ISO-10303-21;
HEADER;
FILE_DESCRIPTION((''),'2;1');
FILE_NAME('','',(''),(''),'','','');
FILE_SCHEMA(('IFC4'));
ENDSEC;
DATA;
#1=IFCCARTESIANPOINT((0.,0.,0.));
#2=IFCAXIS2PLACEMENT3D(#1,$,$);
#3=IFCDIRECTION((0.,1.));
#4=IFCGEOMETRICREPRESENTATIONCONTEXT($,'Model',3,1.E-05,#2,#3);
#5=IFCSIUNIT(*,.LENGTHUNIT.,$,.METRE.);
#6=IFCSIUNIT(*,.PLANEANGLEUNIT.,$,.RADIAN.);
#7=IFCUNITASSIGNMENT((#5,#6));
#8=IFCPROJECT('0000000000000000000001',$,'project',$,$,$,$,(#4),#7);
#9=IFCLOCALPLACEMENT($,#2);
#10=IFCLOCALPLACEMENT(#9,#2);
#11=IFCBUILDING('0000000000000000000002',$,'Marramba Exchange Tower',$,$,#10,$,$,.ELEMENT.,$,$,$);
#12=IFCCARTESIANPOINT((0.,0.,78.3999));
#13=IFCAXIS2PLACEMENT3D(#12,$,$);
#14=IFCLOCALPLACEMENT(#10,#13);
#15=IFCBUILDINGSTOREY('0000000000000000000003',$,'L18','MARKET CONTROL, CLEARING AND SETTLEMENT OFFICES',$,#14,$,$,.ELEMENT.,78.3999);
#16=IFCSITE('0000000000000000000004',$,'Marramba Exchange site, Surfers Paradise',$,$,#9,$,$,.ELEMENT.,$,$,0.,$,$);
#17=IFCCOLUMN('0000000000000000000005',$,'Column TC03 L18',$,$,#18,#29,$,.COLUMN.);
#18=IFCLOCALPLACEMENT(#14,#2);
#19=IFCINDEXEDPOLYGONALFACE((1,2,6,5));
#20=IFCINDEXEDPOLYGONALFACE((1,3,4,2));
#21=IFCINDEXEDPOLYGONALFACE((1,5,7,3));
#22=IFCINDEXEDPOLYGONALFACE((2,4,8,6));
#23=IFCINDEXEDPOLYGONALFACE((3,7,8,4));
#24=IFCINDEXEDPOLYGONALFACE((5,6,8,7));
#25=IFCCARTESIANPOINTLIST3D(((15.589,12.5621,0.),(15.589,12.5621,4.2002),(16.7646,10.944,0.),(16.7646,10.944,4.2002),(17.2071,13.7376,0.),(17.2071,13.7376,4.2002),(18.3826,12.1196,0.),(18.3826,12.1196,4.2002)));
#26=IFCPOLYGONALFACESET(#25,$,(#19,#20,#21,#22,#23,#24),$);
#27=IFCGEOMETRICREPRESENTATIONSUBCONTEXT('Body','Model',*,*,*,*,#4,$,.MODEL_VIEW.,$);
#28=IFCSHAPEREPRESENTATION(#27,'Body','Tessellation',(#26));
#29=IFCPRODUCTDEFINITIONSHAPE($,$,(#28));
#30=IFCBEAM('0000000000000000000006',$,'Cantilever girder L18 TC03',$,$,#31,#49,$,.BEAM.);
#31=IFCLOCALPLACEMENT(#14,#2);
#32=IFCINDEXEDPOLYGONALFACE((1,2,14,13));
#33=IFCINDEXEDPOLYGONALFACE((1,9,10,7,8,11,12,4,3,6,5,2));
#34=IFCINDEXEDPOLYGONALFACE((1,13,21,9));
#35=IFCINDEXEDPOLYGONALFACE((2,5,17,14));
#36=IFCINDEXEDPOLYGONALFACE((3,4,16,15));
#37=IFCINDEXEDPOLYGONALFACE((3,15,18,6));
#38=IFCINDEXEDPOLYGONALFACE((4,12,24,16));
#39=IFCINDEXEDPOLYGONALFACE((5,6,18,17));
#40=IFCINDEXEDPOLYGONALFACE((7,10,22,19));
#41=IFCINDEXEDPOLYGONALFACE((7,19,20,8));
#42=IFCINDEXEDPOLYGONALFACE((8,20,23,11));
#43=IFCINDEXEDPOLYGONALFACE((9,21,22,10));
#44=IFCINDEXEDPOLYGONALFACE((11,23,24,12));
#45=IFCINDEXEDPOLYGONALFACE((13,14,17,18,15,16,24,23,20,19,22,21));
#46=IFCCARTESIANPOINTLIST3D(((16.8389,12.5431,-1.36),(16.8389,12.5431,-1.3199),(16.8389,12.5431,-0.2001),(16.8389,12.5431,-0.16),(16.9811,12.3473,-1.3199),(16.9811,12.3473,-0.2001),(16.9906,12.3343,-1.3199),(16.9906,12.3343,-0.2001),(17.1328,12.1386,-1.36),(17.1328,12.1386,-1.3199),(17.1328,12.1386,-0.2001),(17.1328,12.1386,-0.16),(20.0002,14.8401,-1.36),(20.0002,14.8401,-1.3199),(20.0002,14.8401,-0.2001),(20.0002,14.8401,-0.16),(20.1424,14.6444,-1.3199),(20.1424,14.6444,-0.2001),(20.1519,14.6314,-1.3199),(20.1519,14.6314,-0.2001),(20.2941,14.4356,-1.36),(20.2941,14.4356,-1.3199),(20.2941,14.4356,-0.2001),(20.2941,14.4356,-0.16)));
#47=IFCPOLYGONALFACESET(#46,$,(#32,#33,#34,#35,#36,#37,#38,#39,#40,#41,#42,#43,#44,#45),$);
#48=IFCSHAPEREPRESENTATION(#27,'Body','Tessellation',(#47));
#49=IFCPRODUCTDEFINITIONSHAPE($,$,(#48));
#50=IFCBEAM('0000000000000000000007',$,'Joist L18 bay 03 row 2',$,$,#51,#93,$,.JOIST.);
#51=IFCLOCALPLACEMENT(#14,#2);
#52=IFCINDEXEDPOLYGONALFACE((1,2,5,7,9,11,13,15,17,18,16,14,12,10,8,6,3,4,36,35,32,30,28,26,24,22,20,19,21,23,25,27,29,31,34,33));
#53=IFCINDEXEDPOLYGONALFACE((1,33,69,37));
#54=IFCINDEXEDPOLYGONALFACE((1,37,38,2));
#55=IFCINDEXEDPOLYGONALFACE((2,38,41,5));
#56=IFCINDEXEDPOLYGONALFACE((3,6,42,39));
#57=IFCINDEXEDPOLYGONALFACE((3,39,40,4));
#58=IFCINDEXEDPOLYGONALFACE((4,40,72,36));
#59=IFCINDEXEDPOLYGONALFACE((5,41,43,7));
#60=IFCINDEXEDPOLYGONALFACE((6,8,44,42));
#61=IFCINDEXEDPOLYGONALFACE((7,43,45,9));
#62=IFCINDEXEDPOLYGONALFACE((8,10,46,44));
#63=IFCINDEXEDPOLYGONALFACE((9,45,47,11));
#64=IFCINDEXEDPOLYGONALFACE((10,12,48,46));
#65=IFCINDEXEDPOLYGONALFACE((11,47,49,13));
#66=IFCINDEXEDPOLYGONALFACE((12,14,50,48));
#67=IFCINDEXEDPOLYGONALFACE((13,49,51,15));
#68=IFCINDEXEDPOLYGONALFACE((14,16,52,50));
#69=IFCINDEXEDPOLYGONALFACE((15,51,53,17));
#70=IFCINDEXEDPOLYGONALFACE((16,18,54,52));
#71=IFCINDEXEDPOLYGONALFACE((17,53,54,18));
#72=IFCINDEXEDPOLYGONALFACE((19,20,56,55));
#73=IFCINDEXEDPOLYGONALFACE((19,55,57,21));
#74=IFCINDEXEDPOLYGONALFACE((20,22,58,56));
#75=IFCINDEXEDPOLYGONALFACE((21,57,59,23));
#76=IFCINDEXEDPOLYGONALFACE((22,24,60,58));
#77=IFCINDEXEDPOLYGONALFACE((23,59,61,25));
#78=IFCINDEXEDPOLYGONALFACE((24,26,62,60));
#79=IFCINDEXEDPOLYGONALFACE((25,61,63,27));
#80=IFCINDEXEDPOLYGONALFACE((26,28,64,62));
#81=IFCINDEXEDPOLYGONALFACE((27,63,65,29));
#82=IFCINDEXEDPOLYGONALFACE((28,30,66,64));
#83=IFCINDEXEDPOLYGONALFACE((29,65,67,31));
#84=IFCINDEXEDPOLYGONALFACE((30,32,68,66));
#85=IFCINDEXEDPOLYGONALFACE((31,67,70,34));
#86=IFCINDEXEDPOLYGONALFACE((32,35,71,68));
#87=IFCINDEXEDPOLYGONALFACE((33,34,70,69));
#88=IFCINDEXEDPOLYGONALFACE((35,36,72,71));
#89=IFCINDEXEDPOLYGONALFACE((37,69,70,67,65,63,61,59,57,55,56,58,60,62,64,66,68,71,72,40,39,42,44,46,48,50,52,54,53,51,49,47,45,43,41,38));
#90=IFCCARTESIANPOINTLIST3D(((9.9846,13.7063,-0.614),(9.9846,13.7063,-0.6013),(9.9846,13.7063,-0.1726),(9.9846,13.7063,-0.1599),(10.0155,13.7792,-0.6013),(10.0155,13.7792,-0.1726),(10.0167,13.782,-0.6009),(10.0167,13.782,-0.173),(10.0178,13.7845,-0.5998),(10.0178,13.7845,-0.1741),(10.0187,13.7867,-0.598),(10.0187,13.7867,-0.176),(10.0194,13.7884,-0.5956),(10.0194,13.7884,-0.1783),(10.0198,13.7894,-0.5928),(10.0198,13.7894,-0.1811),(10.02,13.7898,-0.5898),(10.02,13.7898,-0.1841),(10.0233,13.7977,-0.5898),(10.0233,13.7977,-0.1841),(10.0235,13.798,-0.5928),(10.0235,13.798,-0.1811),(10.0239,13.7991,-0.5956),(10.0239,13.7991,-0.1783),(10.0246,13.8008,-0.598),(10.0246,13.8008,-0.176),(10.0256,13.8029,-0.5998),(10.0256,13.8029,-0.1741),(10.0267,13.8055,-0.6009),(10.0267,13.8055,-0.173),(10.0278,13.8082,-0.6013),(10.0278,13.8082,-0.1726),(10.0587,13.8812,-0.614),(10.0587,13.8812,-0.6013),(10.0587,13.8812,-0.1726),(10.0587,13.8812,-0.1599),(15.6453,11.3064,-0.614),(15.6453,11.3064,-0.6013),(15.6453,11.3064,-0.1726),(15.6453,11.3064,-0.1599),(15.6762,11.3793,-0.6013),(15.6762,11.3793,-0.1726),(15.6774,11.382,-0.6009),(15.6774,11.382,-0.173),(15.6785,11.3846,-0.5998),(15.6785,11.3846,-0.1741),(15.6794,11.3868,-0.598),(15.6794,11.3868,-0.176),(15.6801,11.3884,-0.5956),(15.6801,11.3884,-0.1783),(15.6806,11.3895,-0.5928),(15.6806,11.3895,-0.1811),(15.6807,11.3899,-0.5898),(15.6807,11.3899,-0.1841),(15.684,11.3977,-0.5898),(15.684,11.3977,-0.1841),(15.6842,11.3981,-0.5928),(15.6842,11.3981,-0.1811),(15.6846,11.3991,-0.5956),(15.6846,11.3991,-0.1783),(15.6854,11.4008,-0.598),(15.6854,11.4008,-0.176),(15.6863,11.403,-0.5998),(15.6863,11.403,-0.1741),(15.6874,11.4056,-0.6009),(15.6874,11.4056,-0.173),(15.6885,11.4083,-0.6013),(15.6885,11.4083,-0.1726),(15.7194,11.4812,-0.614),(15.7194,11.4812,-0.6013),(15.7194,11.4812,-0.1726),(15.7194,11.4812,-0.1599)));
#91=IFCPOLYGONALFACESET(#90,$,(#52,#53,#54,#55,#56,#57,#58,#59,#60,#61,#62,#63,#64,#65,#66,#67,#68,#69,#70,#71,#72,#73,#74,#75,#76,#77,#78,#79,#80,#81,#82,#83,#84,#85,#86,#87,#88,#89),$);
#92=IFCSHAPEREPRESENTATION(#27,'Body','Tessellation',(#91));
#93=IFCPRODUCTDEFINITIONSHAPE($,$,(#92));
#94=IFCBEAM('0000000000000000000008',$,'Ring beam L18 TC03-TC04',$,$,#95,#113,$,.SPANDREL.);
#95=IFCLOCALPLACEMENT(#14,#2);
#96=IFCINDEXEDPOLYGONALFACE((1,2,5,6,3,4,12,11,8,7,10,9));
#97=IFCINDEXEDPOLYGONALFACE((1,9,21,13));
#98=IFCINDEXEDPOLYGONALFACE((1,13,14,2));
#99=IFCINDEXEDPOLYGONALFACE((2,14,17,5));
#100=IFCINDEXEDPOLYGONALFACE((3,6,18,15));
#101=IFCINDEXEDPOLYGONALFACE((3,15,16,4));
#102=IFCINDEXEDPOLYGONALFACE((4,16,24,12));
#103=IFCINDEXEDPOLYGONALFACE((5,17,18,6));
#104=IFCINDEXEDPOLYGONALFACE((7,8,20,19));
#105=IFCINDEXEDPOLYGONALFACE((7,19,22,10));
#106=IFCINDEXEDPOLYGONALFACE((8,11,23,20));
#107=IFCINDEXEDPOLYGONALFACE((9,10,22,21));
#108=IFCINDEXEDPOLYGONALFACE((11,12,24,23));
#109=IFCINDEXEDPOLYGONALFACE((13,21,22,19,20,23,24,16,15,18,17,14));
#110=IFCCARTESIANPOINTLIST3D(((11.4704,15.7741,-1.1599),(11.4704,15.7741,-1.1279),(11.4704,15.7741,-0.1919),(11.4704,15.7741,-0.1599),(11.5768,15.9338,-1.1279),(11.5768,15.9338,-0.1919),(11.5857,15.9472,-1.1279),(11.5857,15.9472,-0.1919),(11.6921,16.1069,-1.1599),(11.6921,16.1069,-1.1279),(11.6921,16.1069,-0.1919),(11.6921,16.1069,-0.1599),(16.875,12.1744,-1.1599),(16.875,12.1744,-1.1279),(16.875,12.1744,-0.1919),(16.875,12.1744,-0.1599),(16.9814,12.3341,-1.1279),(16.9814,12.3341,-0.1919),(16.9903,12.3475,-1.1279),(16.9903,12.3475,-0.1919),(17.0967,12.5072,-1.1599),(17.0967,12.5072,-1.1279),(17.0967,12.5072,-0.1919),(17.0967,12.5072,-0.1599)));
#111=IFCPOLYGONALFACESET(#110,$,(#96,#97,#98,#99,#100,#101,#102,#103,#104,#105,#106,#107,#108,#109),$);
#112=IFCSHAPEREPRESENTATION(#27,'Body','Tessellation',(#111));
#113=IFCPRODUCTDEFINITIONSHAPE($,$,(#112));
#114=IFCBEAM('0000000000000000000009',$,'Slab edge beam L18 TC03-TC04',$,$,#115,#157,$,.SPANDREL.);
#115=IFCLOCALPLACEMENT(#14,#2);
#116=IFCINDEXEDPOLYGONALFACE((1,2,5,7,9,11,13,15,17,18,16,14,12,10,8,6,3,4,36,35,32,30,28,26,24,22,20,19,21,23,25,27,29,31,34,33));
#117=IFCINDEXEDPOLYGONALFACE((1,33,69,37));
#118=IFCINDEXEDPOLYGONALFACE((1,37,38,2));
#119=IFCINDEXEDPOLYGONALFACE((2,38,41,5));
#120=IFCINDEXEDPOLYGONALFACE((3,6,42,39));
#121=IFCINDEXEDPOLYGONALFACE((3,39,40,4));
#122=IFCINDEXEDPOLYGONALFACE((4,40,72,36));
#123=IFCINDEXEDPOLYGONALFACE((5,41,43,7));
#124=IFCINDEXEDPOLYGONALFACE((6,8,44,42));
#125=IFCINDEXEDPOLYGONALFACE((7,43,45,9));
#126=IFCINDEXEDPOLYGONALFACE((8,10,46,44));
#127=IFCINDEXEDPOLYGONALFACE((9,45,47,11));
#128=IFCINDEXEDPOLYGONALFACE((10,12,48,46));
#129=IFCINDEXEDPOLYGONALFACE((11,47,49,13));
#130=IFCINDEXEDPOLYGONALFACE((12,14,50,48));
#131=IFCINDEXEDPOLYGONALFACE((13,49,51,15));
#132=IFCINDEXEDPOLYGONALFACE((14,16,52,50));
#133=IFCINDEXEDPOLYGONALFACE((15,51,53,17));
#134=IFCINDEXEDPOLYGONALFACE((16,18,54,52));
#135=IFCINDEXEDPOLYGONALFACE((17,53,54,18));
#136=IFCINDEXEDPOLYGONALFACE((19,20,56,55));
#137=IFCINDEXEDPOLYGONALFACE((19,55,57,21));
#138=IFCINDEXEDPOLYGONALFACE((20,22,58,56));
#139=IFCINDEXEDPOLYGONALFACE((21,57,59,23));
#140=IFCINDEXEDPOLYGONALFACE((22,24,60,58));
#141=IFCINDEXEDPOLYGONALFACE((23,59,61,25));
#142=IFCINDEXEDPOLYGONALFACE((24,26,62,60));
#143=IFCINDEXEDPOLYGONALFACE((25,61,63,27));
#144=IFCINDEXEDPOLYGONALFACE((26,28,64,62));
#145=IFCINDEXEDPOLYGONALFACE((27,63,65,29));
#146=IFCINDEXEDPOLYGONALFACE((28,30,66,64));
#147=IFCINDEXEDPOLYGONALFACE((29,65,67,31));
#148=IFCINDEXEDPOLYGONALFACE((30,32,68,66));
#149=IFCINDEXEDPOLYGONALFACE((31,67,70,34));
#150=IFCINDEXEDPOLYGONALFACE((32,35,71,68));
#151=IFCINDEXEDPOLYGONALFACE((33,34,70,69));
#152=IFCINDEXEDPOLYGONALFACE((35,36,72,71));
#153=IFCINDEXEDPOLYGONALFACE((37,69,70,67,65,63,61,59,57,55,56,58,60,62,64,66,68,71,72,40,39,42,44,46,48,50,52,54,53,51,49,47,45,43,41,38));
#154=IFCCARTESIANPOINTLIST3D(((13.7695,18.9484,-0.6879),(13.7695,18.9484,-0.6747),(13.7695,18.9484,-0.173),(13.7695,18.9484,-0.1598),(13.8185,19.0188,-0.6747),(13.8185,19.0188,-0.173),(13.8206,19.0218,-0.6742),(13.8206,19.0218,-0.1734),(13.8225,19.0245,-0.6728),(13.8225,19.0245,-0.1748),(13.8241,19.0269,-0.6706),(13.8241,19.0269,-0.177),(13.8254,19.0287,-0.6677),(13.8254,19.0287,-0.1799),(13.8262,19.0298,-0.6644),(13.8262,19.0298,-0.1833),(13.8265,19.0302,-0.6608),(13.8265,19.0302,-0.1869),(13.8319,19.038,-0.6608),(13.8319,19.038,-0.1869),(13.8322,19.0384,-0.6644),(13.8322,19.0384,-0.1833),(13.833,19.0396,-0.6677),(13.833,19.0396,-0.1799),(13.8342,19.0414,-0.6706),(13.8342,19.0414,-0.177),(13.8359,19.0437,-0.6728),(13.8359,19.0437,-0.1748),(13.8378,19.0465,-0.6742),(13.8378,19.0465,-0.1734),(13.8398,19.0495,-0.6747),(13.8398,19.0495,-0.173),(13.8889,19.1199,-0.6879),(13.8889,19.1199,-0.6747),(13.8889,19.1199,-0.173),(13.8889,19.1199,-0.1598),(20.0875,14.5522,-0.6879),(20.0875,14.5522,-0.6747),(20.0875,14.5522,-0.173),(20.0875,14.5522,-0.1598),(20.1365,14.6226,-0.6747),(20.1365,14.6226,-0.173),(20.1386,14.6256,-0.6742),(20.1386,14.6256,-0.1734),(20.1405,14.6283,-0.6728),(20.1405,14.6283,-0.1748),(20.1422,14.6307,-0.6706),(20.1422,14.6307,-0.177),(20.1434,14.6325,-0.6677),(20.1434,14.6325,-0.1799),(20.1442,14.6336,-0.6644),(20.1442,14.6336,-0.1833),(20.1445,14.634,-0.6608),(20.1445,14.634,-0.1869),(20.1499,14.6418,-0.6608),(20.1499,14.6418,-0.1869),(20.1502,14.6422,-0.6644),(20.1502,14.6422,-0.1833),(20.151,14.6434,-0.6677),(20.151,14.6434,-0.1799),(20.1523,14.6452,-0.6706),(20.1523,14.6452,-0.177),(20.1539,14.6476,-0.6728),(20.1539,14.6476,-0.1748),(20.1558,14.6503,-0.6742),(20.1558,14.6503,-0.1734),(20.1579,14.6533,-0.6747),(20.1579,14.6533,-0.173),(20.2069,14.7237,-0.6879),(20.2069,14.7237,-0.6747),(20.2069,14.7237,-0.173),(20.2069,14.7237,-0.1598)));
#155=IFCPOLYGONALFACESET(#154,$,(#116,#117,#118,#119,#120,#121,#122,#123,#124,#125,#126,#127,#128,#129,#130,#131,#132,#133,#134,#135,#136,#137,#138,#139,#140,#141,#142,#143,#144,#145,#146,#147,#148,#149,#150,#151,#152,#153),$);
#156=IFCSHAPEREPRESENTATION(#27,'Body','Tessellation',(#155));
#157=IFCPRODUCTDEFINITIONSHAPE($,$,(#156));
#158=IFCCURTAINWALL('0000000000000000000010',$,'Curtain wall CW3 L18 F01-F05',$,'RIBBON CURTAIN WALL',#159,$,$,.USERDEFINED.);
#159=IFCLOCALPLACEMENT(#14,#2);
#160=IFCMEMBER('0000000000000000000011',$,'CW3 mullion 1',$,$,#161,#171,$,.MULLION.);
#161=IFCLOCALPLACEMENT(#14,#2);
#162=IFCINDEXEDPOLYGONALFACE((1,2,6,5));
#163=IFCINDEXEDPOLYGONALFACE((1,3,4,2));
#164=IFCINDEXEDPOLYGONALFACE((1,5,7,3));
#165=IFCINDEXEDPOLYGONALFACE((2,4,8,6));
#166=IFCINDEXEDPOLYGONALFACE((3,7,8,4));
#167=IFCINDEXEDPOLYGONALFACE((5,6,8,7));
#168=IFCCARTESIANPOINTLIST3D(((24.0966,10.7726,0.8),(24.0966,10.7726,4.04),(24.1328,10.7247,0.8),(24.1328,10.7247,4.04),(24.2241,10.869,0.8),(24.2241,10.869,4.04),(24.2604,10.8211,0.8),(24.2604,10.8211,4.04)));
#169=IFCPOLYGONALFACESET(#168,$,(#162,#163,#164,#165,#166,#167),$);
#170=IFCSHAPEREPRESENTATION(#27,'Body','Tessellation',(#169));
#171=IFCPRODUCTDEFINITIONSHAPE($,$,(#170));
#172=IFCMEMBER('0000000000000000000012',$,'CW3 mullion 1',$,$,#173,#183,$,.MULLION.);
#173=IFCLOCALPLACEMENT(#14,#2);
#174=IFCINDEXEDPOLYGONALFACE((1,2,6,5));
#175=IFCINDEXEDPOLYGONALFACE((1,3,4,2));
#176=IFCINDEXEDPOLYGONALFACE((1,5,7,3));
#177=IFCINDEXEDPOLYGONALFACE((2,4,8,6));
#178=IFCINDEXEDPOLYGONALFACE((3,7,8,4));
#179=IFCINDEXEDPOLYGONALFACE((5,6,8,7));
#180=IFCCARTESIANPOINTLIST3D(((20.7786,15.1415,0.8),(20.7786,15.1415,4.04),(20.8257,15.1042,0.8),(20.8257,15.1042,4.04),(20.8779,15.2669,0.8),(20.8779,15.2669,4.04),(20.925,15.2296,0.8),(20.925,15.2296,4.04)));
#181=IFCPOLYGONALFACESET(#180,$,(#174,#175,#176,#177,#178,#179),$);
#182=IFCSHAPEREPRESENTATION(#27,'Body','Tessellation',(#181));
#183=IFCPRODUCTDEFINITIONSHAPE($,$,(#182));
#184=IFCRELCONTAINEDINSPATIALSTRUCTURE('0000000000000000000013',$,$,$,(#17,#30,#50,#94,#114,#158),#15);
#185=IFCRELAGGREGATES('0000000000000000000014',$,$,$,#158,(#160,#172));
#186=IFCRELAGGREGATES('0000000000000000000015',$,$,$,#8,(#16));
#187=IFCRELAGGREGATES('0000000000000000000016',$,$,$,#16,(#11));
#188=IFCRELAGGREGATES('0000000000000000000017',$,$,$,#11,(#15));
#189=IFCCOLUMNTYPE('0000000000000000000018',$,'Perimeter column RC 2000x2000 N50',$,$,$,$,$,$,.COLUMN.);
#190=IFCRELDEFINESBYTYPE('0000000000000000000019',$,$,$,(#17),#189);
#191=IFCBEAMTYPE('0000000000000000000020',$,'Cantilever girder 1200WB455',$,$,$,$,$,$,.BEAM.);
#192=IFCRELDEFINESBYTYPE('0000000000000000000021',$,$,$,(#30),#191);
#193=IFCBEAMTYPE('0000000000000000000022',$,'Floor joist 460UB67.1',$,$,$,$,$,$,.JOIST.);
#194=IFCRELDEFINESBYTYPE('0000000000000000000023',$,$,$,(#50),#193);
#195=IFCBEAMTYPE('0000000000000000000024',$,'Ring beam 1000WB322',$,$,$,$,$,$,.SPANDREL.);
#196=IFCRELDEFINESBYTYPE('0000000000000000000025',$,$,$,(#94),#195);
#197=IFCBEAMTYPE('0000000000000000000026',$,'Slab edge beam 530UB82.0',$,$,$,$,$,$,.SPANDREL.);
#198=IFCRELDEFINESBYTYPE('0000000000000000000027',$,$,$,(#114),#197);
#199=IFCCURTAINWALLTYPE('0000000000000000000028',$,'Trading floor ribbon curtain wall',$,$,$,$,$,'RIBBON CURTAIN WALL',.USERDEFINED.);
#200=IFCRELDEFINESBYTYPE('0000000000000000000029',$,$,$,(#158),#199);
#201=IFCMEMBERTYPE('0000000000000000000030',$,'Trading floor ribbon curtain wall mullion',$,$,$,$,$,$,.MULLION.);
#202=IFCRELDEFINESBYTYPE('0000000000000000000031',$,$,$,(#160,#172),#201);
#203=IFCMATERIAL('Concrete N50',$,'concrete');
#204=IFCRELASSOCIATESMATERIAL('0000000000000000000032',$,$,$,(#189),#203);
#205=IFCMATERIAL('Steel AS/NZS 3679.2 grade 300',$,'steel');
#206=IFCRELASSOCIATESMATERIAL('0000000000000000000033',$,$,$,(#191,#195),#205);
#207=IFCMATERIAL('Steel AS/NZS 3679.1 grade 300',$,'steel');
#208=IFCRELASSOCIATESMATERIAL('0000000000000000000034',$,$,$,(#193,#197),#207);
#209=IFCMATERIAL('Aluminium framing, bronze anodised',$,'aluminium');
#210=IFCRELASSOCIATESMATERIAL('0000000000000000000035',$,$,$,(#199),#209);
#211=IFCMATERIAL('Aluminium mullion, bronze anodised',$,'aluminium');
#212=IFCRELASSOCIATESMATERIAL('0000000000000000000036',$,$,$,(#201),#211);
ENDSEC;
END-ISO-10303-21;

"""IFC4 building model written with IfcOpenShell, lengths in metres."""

from ifc_helpers import new_model, si_unit, direction, frame, origin, origin_2d, place, context, subcontext, project, spatial, rectangle, i_section, extrude, material, material_profile, profile_set, type_object, element, aggregate, save


model = new_model("IFC4")

# Units and contexts
model_context = context("Model", 3, precision=1e-05, world=origin(), true_north=direction((0.0, 1.0)))
body_context = subcontext(model_context, "Body", "Model", "MODEL_VIEW")
ifc_project = project(units=[si_unit("LENGTHUNIT", "METRE"), si_unit("PLANEANGLEUNIT", "RADIAN")], contexts=[model_context])

# Site, building, storey
site_placement = place(None, origin())
site = spatial("IfcSite", under=ifc_project, at=site_placement, Name="Marramba Exchange site, Surfers Paradise", CompositionType="ELEMENT", RefElevation=0.0)
building_placement = place(site_placement, origin())
building = spatial("IfcBuilding", under=site, at=building_placement, Name="Marramba Exchange Tower", CompositionType="ELEMENT")
storey_placement = place(building_placement, frame((0.0, 0.0, 78.3999)))
storey = spatial("IfcBuildingStorey", under=building, at=storey_placement, Name="L18", Description="MARKET CONTROL, CLEARING AND SETTLEMENT OFFICES", CompositionType="ELEMENT", Elevation=78.3999)

# Column
ifc_material_1 = material(Name="Concrete N50", Category="concrete")
ifc_material_profile_1 = material_profile(ifc_material_1, rectangle(XDim=2.0, YDim=2.0, at=origin_2d()), Name="RC 2000x2000")
ifc_profile_set_1 = profile_set([ifc_material_profile_1], Name="Concrete N50")
column_type = type_object("IfcColumnType", Name="Perimeter column RC 2000x2000 N50", PredefinedType="COLUMN", material=ifc_profile_set_1)
column_placement = place(storey_placement, frame((16.9858, 12.3408, 0.0), z_axis=(0.0, 0.0, 1.0), x_axis=(0.809017, 0.587785, 0.0)))
element("IfcColumn", 1, at=column_placement, inside=storey, type_object=column_type, Name="Column TC03 L18", PredefinedType="COLUMN", context=body_context, shape_type="SweptSolid", body=[
    extrude(rectangle(XDim=2.0, YDim=2.0, at=origin_2d()), origin(), (0.0, 0.0, 1.0), 4.2002),
])

# Beams
ifc_material_2 = material(Name="Steel AS/NZS 3679.2 grade 300", Category="steel")
ifc_material_profile_2 = material_profile(ifc_material_2, i_section(OverallWidth=0.5, OverallDepth=1.2, WebThickness=0.0161, FlangeThickness=0.04, at=origin_2d()), Name="1200WB455")
ifc_profile_set_2 = profile_set([ifc_material_profile_2], Name="Steel AS/NZS 3679.2 grade 300")
beam_type_1 = type_object("IfcBeamType", Name="Cantilever girder 1200WB455", PredefinedType="BEAM", material=ifc_profile_set_2)
beam_1_placement = place(storey_placement, frame((16.9858, 12.3408, -0.76), z_axis=(0.808987, 0.587826, 0.0), x_axis=(-0.587826, 0.808987, 0.0)))
element("IfcBeam", 2, at=beam_1_placement, inside=storey, type_object=beam_type_1, Name="Cantilever girder L18 TC03", PredefinedType="BEAM", context=body_context, shape_type="SweptSolid", body=[
    extrude(i_section(OverallWidth=0.5, OverallDepth=1.2, WebThickness=0.0161, FlangeThickness=0.04, at=origin_2d()), origin(), (0.0, 0.0, 1.0), 3.9077),
])
ifc_material_3 = material(Name="Steel AS/NZS 3679.1 grade 300", Category="steel")
ifc_material_profile_3 = material_profile(ifc_material_3, i_section(OverallWidth=0.1899, OverallDepth=0.4541, WebThickness=0.0085, FlangeThickness=0.0127, FilletRadius=0.0115, at=origin_2d()), Name="460UB67.1")
ifc_profile_set_3 = profile_set([ifc_material_profile_3], Name="Steel AS/NZS 3679.1 grade 300")
beam_type_2 = type_object("IfcBeamType", Name="Floor joist 460UB67.1", PredefinedType="JOIST", material=ifc_profile_set_3)
beam_2_placement = place(storey_placement, frame((15.6824, 11.3938, -0.387), z_axis=(-0.920674, 0.390332, 0.0), x_axis=(-0.390332, -0.920674, 0.0)))
element("IfcBeam", 3, at=beam_2_placement, inside=storey, type_object=beam_type_2, Name="Joist L18 bay 03 row 2", PredefinedType="JOIST", context=body_context, shape_type="SweptSolid", body=[
    extrude(i_section(OverallWidth=0.1899, OverallDepth=0.4541, WebThickness=0.0085, FlangeThickness=0.0127, FilletRadius=0.0115, at=origin_2d()), origin(), (0.0, 0.0, 1.0), 6.1484),
])
ifc_material_profile_4 = material_profile(ifc_material_2, i_section(OverallWidth=0.3999, OverallDepth=1.0, WebThickness=0.0161, FlangeThickness=0.032, at=origin_2d()), Name="1000WB322")
ifc_profile_set_4 = profile_set([ifc_material_profile_4], Name="Steel AS/NZS 3679.2 grade 300")
beam_type_3 = type_object("IfcBeamType", Name="Ring beam 1000WB322", PredefinedType="SPANDREL", material=ifc_profile_set_4)
beam_3_placement = place(storey_placement, frame((16.9858, 12.3408, -0.6599), z_axis=(-0.832293, 0.554336, 0.0), x_axis=(-0.554336, -0.832293, 0.0)))
element("IfcBeam", 4, at=beam_3_placement, inside=storey, type_object=beam_type_3, Name="Ring beam L18 TC03-TC04", PredefinedType="SPANDREL", context=body_context, shape_type="SweptSolid", body=[
    extrude(i_section(OverallWidth=0.3999, OverallDepth=1.0, WebThickness=0.0161, FlangeThickness=0.032, at=origin_2d()), origin(), (0.0, 0.0, 1.0), 6.4937),
])
ifc_material_profile_5 = material_profile(ifc_material_3, i_section(OverallWidth=0.209, OverallDepth=0.5281, WebThickness=0.0095, FlangeThickness=0.0132, FilletRadius=0.0139, at=origin_2d()), Name="530UB82.0")
ifc_profile_set_5 = profile_set([ifc_material_profile_5], Name="Steel AS/NZS 3679.1 grade 300")
beam_type_4 = type_object("IfcBeamType", Name="Slab edge beam 530UB82.0", PredefinedType="SPANDREL", material=ifc_profile_set_5)
beam_4_placement = place(storey_placement, frame((20.1472, 14.6379, -0.4238), z_axis=(-0.820842, 0.571155, 0.0), x_axis=(-0.571155, -0.820842, 0.0)))
element("IfcBeam", 5, at=beam_4_placement, inside=storey, type_object=beam_type_4, Name="Slab edge beam L18 TC03-TC04", PredefinedType="SPANDREL", context=body_context, shape_type="SweptSolid", body=[
    extrude(i_section(OverallWidth=0.209, OverallDepth=0.5281, WebThickness=0.0095, FlangeThickness=0.0132, FilletRadius=0.0139, at=origin_2d()), origin(), (0.0, 0.0, 1.0), 7.697),
])

# Curtain wall, members
ifc_material_4 = material(Name="Aluminium framing, bronze anodised", Category="aluminium")
curtain_wall_type = type_object("IfcCurtainWallType", Name="Trading floor ribbon curtain wall", ElementType="RIBBON CURTAIN WALL", PredefinedType="USERDEFINED", material=ifc_material_4)
curtain_wall_placement = place(storey_placement, origin())
curtain_wall = element("IfcCurtainWall", 6, at=curtain_wall_placement, inside=storey, type_object=curtain_wall_type, Name="Curtain wall CW3 L18 F01-F05", ObjectType="RIBBON CURTAIN WALL", PredefinedType="USERDEFINED")
ifc_material_5 = material(Name="Aluminium mullion, bronze anodised", Category="aluminium")
ifc_material_profile_6 = material_profile(ifc_material_5, rectangle(XDim=0.1599, YDim=0.0601, at=origin_2d()), Name="CW3 mullion 60x160")
ifc_profile_set_6 = profile_set([ifc_material_profile_6], Name="Aluminium mullion, bronze anodised")
member_type_1 = type_object("IfcMemberType", Name="Trading floor ribbon curtain wall mullion", PredefinedType="MULLION", material=ifc_profile_set_6)
member_1_placement = place(storey_placement, frame((24.1785, 10.7969, 0.8), z_axis=(0.0, 0.0, 1.0), x_axis=(-0.797749, -0.60299, 0.0)))
member_1 = element("IfcMember", 7, at=member_1_placement, type_object=member_type_1, Name="CW3 mullion 1", PredefinedType="MULLION", context=body_context, shape_type="SweptSolid", body=[
    extrude(rectangle(XDim=0.1599, YDim=0.0601, at=origin_2d()), origin(), (0.0, 0.0, 1.0), 3.24),
])
member_2_placement = place(storey_placement, frame((20.8518, 15.1855, 0.8), z_axis=(0.0, 0.0, 1.0), x_axis=(-0.62065, -0.784088, 0.0)))
member_2 = element("IfcMember", 8, at=member_2_placement, type_object=member_type_1, Name="CW3 mullion 1", PredefinedType="MULLION", context=body_context, shape_type="SweptSolid", body=[
    extrude(rectangle(XDim=0.1599, YDim=0.0601, at=origin_2d()), origin(), (0.0, 0.0, 1.0), 3.24),
])
aggregate(curtain_wall, [member_1, member_2])

save(model, "model.ifc")
